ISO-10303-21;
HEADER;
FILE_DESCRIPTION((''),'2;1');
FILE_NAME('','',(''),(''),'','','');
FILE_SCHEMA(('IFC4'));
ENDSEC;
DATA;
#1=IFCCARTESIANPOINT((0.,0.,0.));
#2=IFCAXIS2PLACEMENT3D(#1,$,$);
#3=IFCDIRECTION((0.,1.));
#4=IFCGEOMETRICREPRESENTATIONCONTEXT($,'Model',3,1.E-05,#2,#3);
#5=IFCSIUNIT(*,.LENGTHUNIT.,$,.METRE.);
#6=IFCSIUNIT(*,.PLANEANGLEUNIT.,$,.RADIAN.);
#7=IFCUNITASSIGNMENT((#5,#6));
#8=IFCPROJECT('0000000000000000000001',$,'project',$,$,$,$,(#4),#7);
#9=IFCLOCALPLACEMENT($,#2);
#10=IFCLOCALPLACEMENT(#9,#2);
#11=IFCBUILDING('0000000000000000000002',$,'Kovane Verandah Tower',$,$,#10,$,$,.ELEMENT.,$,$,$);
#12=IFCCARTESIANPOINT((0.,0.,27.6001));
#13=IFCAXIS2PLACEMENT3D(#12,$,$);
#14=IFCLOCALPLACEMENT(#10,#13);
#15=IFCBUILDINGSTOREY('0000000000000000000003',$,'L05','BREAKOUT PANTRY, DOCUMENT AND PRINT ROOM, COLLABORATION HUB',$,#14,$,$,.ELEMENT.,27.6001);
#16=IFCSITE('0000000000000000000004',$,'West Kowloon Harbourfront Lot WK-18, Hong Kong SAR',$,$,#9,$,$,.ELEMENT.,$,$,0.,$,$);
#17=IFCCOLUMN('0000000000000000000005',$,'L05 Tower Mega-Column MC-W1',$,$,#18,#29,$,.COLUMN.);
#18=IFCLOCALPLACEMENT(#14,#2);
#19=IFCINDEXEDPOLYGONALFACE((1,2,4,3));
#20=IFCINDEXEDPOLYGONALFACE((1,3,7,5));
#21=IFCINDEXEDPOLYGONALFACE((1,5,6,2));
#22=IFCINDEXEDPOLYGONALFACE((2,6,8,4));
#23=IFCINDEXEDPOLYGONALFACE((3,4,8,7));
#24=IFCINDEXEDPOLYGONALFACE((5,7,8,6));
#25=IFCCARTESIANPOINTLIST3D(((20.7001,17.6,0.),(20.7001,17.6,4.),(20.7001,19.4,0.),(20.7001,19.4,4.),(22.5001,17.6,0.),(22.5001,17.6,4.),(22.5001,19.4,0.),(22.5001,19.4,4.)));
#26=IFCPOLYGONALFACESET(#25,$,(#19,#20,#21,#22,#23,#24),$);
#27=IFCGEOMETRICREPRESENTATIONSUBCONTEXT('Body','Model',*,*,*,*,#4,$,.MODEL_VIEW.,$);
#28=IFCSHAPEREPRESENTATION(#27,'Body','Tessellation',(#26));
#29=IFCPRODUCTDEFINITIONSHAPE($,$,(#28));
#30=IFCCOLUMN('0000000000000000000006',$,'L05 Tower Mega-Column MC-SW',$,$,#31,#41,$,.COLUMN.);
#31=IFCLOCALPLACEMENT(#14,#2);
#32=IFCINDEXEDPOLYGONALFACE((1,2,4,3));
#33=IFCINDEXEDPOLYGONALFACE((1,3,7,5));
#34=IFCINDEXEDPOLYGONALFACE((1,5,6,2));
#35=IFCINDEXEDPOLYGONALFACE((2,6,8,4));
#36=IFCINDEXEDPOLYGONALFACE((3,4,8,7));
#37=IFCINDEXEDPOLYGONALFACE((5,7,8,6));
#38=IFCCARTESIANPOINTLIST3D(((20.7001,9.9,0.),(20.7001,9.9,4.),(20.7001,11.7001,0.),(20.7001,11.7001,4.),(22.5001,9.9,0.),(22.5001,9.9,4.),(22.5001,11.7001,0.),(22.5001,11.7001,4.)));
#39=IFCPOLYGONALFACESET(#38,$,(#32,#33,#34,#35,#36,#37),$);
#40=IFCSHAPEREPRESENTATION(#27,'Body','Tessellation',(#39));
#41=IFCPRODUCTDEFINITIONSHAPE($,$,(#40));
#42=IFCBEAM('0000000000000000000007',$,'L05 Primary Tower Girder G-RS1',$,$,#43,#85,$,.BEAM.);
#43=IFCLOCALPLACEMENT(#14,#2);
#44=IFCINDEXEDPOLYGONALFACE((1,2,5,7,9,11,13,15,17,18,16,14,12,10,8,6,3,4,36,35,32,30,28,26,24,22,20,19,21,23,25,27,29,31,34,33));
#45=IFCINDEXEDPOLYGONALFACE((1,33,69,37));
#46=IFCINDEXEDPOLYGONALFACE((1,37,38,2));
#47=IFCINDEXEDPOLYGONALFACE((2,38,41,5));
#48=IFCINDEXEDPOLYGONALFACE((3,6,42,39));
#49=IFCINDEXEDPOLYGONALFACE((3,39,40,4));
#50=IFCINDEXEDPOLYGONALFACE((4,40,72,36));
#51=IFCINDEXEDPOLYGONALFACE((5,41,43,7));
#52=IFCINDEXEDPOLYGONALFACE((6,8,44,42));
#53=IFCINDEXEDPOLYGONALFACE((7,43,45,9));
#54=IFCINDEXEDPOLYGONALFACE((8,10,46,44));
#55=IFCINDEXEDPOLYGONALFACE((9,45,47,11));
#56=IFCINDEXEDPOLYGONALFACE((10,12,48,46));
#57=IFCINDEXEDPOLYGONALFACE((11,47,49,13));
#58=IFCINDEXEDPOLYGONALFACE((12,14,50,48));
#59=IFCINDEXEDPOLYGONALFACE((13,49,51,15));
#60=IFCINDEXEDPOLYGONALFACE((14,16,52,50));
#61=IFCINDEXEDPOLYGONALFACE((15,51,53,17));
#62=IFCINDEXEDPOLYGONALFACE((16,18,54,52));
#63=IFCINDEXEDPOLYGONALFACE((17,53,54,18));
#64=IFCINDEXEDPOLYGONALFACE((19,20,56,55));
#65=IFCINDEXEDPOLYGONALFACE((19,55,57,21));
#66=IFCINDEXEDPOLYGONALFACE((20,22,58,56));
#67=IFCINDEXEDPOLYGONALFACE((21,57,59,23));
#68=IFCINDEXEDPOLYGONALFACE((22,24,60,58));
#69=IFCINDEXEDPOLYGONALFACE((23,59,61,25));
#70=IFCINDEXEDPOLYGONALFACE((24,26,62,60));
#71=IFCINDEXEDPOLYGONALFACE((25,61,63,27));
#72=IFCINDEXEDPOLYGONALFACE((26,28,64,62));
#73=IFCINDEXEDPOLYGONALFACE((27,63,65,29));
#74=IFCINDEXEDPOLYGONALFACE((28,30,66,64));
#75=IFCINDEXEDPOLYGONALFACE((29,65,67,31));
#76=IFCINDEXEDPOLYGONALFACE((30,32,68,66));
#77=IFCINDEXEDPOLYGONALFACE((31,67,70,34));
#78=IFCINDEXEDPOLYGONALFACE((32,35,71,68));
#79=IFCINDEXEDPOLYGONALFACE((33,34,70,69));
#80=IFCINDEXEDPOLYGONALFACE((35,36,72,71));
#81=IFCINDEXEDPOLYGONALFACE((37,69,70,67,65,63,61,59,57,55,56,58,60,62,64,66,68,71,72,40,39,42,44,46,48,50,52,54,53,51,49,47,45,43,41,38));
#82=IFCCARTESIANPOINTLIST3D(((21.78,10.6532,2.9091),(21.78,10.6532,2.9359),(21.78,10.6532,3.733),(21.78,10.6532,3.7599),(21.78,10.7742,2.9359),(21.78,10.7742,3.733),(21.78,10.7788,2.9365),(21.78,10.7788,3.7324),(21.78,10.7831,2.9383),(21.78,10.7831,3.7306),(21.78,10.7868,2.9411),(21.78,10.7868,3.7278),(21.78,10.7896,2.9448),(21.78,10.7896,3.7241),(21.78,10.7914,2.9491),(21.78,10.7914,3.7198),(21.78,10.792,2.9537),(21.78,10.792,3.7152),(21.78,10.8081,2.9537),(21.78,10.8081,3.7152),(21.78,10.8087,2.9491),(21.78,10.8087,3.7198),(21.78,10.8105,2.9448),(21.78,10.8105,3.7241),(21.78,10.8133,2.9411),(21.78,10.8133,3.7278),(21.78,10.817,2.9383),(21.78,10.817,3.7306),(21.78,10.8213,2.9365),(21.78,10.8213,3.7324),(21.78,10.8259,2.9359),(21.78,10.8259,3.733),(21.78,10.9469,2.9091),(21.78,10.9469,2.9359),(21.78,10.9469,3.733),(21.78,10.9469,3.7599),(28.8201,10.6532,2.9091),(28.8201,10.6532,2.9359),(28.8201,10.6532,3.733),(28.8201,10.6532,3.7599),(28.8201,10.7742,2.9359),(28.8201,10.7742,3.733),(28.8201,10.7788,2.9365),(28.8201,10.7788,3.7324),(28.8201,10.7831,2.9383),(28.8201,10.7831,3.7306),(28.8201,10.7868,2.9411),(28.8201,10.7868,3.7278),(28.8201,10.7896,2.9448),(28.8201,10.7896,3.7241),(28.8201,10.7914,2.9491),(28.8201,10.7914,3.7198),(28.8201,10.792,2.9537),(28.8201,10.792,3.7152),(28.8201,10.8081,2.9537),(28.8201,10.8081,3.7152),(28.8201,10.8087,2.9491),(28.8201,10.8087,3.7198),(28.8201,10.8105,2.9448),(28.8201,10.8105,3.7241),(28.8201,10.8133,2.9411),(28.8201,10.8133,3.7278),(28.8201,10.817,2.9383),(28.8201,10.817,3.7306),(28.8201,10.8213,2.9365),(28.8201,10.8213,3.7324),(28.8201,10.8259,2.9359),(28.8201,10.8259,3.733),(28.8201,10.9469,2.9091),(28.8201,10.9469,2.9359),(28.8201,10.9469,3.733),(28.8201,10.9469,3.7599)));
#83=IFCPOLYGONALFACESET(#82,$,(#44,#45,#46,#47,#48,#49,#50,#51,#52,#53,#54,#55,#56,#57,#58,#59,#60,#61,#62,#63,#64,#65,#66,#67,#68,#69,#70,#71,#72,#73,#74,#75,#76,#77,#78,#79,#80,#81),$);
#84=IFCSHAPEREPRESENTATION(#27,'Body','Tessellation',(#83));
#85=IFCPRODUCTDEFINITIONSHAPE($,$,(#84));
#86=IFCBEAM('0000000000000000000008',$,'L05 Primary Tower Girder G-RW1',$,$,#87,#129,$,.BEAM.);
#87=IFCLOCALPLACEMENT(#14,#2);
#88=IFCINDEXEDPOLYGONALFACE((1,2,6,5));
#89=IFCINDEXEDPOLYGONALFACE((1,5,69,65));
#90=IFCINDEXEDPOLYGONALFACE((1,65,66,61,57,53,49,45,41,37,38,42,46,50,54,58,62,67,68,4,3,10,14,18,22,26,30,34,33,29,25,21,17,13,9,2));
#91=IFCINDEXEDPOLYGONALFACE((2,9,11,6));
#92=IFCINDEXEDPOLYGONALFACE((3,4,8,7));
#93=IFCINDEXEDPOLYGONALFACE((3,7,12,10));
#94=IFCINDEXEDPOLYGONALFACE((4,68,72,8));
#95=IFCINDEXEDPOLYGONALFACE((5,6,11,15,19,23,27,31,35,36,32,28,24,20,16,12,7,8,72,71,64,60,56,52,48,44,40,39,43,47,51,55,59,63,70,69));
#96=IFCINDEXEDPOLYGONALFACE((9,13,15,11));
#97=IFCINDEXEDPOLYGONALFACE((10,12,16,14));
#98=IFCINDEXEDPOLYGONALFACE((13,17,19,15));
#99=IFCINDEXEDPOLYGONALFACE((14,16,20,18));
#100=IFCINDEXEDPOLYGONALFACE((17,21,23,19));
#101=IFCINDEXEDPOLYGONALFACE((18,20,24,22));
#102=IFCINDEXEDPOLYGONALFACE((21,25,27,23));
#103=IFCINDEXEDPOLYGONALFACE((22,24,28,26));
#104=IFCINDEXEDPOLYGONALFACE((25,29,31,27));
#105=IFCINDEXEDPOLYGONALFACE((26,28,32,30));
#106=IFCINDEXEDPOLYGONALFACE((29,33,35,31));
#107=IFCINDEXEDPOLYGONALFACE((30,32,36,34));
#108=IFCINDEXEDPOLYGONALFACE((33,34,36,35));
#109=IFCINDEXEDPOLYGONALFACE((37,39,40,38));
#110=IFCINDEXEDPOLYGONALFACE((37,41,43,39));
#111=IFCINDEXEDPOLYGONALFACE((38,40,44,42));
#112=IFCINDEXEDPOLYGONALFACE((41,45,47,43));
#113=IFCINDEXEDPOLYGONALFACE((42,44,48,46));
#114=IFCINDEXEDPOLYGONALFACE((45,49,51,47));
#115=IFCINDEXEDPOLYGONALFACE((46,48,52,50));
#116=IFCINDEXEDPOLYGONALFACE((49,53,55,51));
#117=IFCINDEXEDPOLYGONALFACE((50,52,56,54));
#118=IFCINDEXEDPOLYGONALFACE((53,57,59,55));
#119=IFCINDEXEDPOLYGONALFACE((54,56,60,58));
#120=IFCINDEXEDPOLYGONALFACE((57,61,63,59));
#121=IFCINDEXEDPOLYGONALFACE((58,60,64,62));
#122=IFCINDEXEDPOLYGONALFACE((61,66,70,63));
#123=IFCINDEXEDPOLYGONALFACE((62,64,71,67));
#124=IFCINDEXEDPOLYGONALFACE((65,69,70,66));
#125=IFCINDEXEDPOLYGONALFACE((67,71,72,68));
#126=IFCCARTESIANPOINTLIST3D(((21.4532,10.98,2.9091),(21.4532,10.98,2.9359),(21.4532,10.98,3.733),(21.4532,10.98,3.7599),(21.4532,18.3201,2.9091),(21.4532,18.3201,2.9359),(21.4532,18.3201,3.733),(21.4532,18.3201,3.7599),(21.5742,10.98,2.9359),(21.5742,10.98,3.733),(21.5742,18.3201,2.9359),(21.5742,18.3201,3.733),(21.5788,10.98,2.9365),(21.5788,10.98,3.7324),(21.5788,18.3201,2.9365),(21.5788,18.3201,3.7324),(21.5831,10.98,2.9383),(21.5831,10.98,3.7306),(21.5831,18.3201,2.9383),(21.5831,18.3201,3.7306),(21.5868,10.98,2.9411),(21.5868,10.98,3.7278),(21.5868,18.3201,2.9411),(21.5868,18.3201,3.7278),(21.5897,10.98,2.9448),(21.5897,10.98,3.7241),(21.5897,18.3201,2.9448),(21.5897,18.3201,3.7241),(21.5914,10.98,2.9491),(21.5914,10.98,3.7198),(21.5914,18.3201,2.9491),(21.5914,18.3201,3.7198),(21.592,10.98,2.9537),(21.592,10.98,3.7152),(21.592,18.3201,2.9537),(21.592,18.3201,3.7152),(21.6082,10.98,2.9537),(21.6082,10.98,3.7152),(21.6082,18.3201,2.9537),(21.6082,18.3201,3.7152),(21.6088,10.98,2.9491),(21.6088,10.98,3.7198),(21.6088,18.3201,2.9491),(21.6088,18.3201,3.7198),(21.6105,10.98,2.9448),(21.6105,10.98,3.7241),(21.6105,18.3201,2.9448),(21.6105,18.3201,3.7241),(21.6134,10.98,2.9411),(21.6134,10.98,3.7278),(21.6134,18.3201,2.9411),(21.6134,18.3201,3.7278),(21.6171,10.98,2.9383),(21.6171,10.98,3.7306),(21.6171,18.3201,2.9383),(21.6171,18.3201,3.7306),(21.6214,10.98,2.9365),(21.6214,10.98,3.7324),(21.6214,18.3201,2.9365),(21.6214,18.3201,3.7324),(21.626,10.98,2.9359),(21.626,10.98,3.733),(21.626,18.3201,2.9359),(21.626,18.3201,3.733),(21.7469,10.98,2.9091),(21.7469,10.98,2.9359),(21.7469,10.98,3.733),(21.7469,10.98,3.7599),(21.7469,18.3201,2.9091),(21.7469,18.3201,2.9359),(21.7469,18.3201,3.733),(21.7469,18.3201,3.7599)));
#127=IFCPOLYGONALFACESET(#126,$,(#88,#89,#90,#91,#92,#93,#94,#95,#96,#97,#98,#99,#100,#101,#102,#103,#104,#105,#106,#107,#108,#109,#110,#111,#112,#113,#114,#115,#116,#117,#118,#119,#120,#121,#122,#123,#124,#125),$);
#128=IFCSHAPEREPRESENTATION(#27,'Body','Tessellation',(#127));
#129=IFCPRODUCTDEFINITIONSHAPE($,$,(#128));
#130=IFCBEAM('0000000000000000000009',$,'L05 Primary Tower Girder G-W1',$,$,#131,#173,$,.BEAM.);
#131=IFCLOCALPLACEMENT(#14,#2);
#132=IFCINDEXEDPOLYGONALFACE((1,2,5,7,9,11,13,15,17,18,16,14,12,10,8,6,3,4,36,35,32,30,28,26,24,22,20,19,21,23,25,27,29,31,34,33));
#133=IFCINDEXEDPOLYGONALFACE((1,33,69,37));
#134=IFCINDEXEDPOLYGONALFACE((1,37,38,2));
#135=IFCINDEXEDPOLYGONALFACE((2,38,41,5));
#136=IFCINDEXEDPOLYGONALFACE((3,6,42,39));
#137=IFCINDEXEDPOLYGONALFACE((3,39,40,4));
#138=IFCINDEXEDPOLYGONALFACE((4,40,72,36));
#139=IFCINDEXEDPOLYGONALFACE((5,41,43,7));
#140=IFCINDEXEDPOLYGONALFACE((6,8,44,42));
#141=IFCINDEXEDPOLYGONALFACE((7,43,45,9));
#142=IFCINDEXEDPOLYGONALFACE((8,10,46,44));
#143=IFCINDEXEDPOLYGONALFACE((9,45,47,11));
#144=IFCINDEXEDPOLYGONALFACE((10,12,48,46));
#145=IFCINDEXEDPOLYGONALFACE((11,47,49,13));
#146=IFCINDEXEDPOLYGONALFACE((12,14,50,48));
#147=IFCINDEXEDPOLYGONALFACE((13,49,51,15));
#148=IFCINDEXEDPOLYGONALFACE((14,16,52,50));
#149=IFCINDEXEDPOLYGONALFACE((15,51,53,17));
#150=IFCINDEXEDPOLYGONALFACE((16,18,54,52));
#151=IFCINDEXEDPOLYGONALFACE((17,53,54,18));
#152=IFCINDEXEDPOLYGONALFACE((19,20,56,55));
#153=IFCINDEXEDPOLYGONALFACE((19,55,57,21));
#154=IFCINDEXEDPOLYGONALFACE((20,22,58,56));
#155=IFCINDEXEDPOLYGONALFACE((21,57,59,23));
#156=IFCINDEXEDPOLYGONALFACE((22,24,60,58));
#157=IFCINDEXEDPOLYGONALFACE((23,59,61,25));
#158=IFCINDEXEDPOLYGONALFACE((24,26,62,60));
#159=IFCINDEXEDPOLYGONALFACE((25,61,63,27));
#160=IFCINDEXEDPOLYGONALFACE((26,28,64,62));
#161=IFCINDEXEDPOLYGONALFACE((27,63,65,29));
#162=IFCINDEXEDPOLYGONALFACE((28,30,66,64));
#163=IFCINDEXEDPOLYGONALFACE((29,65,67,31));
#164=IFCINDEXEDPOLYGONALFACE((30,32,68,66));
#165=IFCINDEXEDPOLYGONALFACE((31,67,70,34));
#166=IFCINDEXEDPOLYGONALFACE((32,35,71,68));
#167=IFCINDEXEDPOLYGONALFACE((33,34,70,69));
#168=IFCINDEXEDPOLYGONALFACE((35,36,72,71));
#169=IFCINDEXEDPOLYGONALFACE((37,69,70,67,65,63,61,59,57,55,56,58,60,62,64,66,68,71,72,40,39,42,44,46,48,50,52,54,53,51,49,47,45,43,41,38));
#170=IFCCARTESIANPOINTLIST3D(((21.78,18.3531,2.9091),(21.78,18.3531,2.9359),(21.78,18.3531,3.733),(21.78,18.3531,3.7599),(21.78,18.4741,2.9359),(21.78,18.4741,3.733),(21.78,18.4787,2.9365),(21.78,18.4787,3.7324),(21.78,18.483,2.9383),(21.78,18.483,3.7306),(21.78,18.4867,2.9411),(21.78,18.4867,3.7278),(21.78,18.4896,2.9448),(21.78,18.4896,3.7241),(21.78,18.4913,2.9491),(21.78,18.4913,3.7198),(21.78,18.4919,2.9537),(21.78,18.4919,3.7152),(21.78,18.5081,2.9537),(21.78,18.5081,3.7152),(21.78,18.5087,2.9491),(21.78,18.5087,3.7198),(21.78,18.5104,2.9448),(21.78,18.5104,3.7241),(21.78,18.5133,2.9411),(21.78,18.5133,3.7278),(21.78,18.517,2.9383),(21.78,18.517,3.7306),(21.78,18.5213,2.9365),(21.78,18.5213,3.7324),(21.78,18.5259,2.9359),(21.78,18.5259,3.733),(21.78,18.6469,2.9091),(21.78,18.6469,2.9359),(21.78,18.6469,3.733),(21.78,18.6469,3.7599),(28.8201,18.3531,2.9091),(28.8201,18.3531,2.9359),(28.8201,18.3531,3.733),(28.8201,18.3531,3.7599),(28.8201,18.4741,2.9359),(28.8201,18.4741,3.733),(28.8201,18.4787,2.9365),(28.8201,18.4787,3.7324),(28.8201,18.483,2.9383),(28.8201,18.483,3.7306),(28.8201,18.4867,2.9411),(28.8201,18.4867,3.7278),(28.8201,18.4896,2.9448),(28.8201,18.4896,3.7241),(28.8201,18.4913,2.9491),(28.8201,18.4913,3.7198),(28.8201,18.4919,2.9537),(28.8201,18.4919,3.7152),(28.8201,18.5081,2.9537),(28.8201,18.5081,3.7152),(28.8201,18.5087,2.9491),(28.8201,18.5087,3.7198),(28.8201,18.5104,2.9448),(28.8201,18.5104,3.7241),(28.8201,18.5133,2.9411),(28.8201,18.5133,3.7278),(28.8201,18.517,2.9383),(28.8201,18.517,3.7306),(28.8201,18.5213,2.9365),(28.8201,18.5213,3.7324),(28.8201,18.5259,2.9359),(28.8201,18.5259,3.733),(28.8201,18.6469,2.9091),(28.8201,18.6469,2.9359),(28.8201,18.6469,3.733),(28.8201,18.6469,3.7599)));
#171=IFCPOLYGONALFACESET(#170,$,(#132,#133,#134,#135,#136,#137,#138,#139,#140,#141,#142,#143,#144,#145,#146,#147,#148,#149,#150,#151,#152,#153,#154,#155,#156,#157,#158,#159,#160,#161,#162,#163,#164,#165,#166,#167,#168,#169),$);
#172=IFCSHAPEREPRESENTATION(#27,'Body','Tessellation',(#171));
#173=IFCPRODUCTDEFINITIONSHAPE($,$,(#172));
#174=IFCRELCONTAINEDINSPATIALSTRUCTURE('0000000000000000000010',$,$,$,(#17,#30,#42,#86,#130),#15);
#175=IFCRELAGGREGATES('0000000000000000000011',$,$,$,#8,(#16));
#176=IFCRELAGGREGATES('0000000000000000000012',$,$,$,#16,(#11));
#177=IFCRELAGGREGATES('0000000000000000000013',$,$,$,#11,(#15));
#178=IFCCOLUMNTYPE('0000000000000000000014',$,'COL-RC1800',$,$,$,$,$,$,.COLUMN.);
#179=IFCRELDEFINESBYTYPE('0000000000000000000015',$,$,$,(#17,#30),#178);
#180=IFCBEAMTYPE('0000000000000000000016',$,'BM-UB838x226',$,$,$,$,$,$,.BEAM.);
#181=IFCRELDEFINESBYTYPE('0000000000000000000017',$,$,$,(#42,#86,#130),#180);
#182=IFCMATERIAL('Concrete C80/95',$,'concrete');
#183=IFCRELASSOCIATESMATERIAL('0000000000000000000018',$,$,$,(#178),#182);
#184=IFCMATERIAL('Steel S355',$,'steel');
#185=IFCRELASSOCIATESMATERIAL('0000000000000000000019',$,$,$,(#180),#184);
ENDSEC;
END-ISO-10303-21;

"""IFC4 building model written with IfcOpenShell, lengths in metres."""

from ifc_helpers import new_model, si_unit, direction, frame, origin, origin_2d, place, context, subcontext, project, spatial, rectangle, i_section, extrude, material, material_profile, profile_set, type_object, element, save


model = new_model("IFC4")

# Units and contexts
model_context = context("Model", 3, precision=1e-05, world=origin(), true_north=direction((0.0, 1.0)))
body_context = subcontext(model_context, "Body", "Model", "MODEL_VIEW")
ifc_project = project(units=[si_unit("LENGTHUNIT", "METRE"), si_unit("PLANEANGLEUNIT", "RADIAN")], contexts=[model_context])

# Site, building, storey
site_placement = place(None, origin())
site = spatial("IfcSite", under=ifc_project, at=site_placement, Name="West Kowloon Harbourfront Lot WK-18, Hong Kong SAR", CompositionType="ELEMENT", RefElevation=0.0)
building_placement = place(site_placement, origin())
building = spatial("IfcBuilding", under=site, at=building_placement, Name="Kovane Verandah Tower", CompositionType="ELEMENT")
storey_placement = place(building_placement, frame((0.0, 0.0, 27.6001)))
storey = spatial("IfcBuildingStorey", under=building, at=storey_placement, Name="L05", Description="BREAKOUT PANTRY, DOCUMENT AND PRINT ROOM, COLLABORATION HUB", CompositionType="ELEMENT", Elevation=27.6001)

# Columns
ifc_material_1 = material(Name="Concrete C80/95", Category="concrete")
ifc_material_profile_1 = material_profile(ifc_material_1, rectangle(XDim=1.8, YDim=1.8, at=origin_2d()), Name="RC1800x1800")
ifc_profile_set_1 = profile_set([ifc_material_profile_1], Name="Concrete C80/95")
column_type = type_object("IfcColumnType", Name="COL-RC1800", PredefinedType="COLUMN", material=ifc_profile_set_1)
for number, where, z_axis, x_axis, name in (
    (1, (21.6001, 18.5, 0.0), (0.0, 0.0, 1.0), (1.0, 0.0, 0.0), "L05 Tower Mega-Column MC-W1"),
    (2, (21.6001, 10.8, 0.0), (0.0, 0.0, 1.0), (1.0, 0.0, 0.0), "L05 Tower Mega-Column MC-SW"),
):
    element("IfcColumn", number, at=place(storey_placement, frame(where, z_axis=z_axis, x_axis=x_axis)), inside=storey, type_object=column_type, Name=name, PredefinedType="COLUMN", context=body_context, shape_type="SweptSolid", body=[
        extrude(rectangle(XDim=1.8, YDim=1.8, at=origin_2d()), origin(), (0.0, 0.0, 1.0), 4.0),
    ])

# Beams
ifc_material_2 = material(Name="Steel S355", Category="steel")
ifc_material_profile_2 = material_profile(ifc_material_2, i_section(OverallWidth=0.2937, OverallDepth=0.8508, WebThickness=0.0161, FlangeThickness=0.0269, FilletRadius=0.0178, at=origin_2d()), Name="UB838x292x226")
ifc_profile_set_2 = profile_set([ifc_material_profile_2], Name="Steel S355")
beam_type_1 = type_object("IfcBeamType", Name="BM-UB838x226", PredefinedType="BEAM", material=ifc_profile_set_2)
beam_1_placement = place(storey_placement, frame((21.78, 10.8, 3.3345), z_axis=(1.0, 0.0, 0.0), x_axis=(0.0, 1.0, 0.0)))
element("IfcBeam", 3, at=beam_1_placement, inside=storey, type_object=beam_type_1, Name="L05 Primary Tower Girder G-RS1", PredefinedType="BEAM", context=body_context, shape_type="SweptSolid", body=[
    extrude(i_section(OverallWidth=0.2937, OverallDepth=0.8508, WebThickness=0.0161, FlangeThickness=0.0269, FilletRadius=0.0178, at=origin_2d()), origin(), (0.0, 0.0, 1.0), 7.04),
])
beam_2_placement = place(storey_placement, frame((21.6001, 10.98, 3.3345), z_axis=(0.0, 1.0, 0.0), x_axis=(-1.0, 0.0, 0.0)))
element("IfcBeam", 4, at=beam_2_placement, inside=storey, type_object=beam_type_1, Name="L05 Primary Tower Girder G-RW1", PredefinedType="BEAM", context=body_context, shape_type="SweptSolid", body=[
    extrude(i_section(OverallWidth=0.2937, OverallDepth=0.8508, WebThickness=0.0161, FlangeThickness=0.0269, FilletRadius=0.0178, at=origin_2d()), origin(), (0.0, 0.0, 1.0), 7.3401),
])
for number, where, z_axis, x_axis, name in (
    (5, (28.8201, 18.5, 3.3345), (-1.0, 0.0, 0.0), (0.0, -1.0, 0.0), "L05 Primary Tower Girder G-W1"),
):
    element("IfcBeam", number, at=place(storey_placement, frame(where, z_axis=z_axis, x_axis=x_axis)), inside=storey, type_object=beam_type_1, Name=name, PredefinedType="BEAM", context=body_context, shape_type="SweptSolid", body=[
        extrude(i_section(OverallWidth=0.2937, OverallDepth=0.8508, WebThickness=0.0161, FlangeThickness=0.0269, FilletRadius=0.0178, at=origin_2d()), origin(), (0.0, 0.0, 1.0), 7.04),
    ])

save(model, "model.ifc")
